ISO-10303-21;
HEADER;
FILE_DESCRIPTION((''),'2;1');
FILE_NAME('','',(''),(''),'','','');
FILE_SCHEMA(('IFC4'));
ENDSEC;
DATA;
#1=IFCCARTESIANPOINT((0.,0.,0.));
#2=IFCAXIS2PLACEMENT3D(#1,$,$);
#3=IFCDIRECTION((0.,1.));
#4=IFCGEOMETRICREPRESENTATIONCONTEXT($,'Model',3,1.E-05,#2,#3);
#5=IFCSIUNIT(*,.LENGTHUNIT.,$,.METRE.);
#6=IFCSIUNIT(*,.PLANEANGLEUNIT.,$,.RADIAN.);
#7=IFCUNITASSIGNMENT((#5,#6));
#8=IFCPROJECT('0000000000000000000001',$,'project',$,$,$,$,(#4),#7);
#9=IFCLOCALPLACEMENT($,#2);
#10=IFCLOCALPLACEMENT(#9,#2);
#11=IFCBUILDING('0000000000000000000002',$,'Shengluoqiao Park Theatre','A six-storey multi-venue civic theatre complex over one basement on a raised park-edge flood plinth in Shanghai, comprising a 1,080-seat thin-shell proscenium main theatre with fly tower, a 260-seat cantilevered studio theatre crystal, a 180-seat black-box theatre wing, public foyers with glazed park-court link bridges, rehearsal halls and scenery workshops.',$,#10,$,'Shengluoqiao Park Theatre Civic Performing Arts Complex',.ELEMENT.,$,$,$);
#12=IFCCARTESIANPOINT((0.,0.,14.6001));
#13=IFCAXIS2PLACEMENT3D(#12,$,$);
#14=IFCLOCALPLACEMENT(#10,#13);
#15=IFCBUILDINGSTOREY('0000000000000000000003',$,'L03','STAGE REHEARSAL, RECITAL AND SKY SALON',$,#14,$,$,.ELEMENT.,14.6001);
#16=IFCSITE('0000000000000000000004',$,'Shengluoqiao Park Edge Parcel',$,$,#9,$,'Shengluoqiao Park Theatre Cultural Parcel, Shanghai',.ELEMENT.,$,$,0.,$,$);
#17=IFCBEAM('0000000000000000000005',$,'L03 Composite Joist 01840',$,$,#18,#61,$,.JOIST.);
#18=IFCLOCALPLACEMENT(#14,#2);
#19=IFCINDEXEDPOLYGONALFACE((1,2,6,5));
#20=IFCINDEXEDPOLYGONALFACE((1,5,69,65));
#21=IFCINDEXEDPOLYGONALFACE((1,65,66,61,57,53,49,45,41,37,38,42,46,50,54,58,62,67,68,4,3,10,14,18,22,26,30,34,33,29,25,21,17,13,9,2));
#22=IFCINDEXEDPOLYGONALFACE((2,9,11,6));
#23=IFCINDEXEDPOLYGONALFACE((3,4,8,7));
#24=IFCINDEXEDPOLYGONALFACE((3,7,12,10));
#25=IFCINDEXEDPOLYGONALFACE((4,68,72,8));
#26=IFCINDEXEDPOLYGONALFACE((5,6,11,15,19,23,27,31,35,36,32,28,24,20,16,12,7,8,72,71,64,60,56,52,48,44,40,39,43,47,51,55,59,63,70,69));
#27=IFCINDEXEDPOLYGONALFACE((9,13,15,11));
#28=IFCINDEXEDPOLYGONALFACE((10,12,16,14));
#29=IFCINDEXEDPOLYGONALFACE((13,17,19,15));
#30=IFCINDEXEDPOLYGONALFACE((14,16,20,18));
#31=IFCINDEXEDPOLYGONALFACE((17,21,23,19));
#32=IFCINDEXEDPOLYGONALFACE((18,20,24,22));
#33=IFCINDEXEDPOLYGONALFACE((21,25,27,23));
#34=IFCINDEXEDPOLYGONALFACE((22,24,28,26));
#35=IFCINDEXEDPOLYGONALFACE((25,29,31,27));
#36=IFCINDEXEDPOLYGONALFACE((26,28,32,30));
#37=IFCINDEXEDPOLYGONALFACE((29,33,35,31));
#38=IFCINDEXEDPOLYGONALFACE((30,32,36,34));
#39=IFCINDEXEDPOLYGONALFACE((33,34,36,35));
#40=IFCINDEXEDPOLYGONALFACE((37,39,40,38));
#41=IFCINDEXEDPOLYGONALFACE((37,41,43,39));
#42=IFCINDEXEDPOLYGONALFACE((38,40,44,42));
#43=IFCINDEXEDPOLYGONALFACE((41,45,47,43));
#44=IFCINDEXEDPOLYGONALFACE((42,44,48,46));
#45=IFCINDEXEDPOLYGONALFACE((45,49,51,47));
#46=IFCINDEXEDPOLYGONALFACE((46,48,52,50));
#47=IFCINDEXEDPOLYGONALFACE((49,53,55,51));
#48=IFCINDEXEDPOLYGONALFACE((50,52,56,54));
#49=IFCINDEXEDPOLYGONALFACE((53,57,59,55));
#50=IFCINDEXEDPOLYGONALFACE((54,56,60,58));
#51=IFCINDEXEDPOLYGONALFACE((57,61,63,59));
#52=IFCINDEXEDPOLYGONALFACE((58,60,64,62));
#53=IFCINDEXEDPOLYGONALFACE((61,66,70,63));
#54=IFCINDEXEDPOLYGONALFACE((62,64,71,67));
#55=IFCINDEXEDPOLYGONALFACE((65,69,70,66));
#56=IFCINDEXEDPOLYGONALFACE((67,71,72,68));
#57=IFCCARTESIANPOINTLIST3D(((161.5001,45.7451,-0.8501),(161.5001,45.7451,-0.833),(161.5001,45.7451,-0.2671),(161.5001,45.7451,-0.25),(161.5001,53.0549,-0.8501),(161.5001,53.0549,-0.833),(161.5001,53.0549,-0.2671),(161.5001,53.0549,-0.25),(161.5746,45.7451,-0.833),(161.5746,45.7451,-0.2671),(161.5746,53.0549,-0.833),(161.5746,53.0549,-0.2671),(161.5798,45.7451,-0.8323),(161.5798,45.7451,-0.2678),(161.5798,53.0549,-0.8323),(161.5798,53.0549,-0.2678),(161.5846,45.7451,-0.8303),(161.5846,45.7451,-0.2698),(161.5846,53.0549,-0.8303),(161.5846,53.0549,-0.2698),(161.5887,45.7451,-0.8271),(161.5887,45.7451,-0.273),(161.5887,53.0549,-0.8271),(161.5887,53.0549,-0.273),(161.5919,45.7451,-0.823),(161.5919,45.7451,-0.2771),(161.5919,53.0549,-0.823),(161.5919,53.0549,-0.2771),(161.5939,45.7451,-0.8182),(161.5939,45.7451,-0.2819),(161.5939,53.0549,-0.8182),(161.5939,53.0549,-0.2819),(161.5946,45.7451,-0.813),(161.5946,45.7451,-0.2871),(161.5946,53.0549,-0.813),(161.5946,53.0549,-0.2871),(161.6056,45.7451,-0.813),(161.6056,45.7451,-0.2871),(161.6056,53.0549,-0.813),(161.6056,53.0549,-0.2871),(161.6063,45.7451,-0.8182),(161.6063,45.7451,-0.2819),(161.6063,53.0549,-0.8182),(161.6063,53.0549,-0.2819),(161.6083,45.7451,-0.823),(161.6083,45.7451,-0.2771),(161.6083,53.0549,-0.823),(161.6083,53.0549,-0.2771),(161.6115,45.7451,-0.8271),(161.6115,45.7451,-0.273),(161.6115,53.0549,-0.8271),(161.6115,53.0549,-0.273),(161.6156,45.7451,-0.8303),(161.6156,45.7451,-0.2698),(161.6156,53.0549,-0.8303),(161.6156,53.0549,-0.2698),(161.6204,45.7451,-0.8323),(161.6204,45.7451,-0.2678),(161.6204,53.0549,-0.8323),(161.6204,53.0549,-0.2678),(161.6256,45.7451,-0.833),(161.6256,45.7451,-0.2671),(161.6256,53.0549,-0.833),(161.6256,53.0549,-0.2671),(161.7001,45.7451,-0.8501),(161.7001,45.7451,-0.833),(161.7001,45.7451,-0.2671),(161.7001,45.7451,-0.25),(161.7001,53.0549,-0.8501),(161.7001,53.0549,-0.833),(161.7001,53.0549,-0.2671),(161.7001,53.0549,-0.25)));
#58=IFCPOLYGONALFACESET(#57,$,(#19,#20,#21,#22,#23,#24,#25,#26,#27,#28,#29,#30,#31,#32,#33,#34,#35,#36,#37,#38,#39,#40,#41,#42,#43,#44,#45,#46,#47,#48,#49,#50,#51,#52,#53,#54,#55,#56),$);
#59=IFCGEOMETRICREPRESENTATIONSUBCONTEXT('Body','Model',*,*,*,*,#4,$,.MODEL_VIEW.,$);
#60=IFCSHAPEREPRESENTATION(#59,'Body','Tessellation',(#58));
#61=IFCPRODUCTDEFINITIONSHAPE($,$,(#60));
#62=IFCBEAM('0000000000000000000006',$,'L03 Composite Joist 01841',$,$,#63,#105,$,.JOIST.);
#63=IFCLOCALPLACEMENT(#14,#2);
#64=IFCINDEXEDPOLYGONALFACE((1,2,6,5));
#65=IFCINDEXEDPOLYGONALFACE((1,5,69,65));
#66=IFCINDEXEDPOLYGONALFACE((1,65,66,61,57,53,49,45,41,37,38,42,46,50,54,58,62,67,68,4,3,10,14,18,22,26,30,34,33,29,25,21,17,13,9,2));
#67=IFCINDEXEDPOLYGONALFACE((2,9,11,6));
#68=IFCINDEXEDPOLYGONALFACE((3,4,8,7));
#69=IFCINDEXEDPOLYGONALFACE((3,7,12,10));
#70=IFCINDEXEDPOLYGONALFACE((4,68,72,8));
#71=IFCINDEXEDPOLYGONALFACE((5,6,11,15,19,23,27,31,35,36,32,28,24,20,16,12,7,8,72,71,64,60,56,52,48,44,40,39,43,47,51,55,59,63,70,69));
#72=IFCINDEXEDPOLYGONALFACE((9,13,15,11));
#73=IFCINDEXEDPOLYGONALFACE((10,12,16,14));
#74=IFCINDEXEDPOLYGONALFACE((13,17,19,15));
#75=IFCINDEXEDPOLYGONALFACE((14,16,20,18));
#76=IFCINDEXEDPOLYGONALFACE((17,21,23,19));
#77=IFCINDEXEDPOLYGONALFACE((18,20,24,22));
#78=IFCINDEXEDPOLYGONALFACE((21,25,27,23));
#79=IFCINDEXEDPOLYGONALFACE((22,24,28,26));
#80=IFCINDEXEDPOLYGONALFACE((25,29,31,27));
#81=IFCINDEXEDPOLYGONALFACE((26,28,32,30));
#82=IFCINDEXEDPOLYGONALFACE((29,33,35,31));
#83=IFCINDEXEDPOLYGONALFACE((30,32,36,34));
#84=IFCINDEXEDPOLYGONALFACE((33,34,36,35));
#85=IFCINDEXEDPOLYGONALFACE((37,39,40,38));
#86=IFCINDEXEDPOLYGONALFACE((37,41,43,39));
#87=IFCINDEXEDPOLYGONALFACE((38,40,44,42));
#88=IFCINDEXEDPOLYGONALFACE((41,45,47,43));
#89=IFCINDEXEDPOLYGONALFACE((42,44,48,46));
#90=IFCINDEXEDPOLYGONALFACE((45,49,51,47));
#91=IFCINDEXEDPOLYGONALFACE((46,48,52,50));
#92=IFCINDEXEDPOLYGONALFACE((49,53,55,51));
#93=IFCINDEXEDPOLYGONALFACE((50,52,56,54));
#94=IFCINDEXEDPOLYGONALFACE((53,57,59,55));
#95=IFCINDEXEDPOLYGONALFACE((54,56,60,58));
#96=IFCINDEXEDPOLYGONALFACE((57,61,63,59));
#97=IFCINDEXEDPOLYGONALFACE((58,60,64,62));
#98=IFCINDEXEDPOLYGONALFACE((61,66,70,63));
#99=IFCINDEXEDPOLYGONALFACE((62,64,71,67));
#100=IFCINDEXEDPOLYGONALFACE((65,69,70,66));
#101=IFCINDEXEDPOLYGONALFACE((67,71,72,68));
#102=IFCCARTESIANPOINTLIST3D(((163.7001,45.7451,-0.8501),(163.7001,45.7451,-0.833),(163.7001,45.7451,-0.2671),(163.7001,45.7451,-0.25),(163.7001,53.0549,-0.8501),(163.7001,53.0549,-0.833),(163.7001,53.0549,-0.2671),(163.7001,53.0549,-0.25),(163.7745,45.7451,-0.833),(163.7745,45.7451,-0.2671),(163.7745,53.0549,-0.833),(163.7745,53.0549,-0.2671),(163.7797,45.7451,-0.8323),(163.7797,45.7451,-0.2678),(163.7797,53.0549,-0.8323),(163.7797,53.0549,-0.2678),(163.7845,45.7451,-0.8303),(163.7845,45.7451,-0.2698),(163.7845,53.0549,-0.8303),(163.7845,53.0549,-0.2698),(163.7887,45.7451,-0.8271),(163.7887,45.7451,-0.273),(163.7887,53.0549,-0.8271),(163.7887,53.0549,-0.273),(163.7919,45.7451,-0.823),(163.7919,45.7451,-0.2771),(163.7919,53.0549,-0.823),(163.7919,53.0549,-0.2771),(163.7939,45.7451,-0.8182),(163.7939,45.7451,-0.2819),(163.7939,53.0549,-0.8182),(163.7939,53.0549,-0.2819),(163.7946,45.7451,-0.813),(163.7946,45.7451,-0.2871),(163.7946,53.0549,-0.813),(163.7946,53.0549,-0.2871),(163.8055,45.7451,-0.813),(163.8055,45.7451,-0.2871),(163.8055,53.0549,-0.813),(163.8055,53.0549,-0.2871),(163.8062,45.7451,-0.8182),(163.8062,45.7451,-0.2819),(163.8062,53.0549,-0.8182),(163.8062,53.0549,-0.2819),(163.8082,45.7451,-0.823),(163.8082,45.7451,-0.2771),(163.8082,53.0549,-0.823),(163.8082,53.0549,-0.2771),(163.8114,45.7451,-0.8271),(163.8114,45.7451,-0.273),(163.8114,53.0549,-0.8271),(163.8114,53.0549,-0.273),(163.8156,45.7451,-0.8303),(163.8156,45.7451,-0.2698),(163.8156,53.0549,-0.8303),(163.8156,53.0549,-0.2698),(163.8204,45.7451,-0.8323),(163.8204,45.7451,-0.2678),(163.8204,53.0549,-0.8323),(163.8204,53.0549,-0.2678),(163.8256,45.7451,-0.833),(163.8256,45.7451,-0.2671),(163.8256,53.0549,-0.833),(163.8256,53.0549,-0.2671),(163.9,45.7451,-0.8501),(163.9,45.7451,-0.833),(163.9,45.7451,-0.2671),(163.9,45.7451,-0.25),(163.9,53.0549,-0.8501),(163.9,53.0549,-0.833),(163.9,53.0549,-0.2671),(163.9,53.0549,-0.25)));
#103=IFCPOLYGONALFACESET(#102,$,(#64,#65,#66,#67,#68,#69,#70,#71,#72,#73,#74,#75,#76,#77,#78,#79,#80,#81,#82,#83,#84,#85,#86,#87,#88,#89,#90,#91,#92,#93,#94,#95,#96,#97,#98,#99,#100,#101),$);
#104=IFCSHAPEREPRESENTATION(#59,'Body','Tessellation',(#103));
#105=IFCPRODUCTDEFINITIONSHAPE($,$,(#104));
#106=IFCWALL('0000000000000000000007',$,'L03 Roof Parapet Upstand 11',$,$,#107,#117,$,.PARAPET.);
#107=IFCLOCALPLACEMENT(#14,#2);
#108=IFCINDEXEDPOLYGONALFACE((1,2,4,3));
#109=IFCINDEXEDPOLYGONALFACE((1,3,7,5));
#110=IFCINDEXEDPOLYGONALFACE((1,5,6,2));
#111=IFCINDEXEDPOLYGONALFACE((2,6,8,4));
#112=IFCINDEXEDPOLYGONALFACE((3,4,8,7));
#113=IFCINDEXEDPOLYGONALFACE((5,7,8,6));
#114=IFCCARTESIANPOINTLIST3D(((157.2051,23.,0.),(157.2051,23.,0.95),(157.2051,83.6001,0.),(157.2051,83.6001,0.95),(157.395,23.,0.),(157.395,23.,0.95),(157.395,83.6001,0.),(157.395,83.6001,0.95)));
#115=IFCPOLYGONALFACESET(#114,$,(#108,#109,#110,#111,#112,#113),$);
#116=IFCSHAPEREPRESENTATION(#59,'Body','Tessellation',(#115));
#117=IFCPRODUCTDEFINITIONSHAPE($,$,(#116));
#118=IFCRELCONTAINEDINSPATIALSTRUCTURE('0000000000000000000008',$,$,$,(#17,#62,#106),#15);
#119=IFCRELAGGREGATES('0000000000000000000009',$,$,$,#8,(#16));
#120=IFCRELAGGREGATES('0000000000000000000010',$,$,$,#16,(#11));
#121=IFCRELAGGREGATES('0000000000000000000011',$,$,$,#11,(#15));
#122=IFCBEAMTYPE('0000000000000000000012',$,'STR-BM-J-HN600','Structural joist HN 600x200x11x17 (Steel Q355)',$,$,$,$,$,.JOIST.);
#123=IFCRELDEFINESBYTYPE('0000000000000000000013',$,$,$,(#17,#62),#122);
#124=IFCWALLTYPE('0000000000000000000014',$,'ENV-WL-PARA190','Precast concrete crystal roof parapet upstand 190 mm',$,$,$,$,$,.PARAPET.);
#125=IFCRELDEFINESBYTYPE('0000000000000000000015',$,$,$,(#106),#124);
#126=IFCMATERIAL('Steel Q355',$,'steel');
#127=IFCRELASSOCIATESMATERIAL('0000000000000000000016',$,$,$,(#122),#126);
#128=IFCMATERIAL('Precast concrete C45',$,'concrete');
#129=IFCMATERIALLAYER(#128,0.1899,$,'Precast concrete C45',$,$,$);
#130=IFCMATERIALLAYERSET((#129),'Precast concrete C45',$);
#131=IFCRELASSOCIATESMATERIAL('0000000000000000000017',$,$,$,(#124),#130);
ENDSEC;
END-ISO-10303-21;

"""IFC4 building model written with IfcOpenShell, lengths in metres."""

from ifc_helpers import new_model, si_unit, direction, frame, frame_2d, origin, origin_2d, place, context, subcontext, project, spatial, rectangle, i_section, extrude, material, layer, layer_set, material_profile, profile_set, type_object, element, save


model = new_model("IFC4")

# Units and contexts
model_context = context("Model", 3, precision=1e-05, world=origin(), true_north=direction((0.0, 1.0)))
body_context = subcontext(model_context, "Body", "Model", "MODEL_VIEW")
ifc_project = project(units=[si_unit("LENGTHUNIT", "METRE"), si_unit("PLANEANGLEUNIT", "RADIAN")], contexts=[model_context])

# Site, building, storey
site_placement = place(None, origin())
site = spatial("IfcSite", under=ifc_project, at=site_placement, Name="Shengluoqiao Park Edge Parcel", LongName="Shengluoqiao Park Theatre Cultural Parcel, Shanghai", CompositionType="ELEMENT", RefElevation=0.0)
building_placement = place(site_placement, origin())
building = spatial("IfcBuilding", under=site, at=building_placement, Name="Shengluoqiao Park Theatre", Description="A six-storey multi-venue civic theatre complex over one basement on a raised park-edge flood plinth in Shanghai, comprising a 1,080-seat thin-shell proscenium main theatre with fly tower, a 260-seat cantilevered studio theatre crystal, a 180-seat black-box theatre wing, public foyers with glazed park-court link bridges, rehearsal halls and scenery workshops.", LongName="Shengluoqiao Park Theatre Civic Performing Arts Complex", CompositionType="ELEMENT")
storey_placement = place(building_placement, frame((0.0, 0.0, 14.6001)))
storey = spatial("IfcBuildingStorey", under=building, at=storey_placement, Name="L03", Description="STAGE REHEARSAL, RECITAL AND SKY SALON", CompositionType="ELEMENT", Elevation=14.6001)

# Beams
ifc_material_1 = material(Name="Steel Q355", Category="steel")
ifc_material_profile_1 = material_profile(ifc_material_1, i_section(OverallWidth=0.2, OverallDepth=0.6001, WebThickness=0.011, FlangeThickness=0.0171, FilletRadius=0.02, at=origin_2d()), Name="HN 600x200x11x17")
ifc_profile_set_1 = profile_set([ifc_material_profile_1], Name="Steel Q355")
beam_type_1 = type_object("IfcBeamType", Name="STR-BM-J-HN600", Description="Structural joist HN 600x200x11x17 (Steel Q355)", PredefinedType="JOIST", material=ifc_profile_set_1)
for number, where, z_axis, x_axis, name in (
    (1, (161.6001, 45.7451, -0.55), (0.0, 1.0, 0.0), (-1.0, 0.0, 0.0), "L03 Composite Joist 01840"),
    (2, (163.8, 45.7451, -0.55), (0.0, 1.0, 0.0), (-1.0, 0.0, 0.0), "L03 Composite Joist 01841"),
):
    element("IfcBeam", number, at=place(storey_placement, frame(where, z_axis=z_axis, x_axis=x_axis)), inside=storey, type_object=beam_type_1, Name=name, PredefinedType="JOIST", context=body_context, shape_type="SweptSolid", body=[
        extrude(i_section(OverallWidth=0.2, OverallDepth=0.6001, WebThickness=0.011, FlangeThickness=0.0171, FilletRadius=0.02, at=origin_2d()), origin(), (0.0, 0.0, 1.0), 7.3098),
    ])

# Wall
ifc_material_2 = material(Name="Precast concrete C45", Category="concrete")
ifc_layer = layer(ifc_material_2, 0.1899, Name="Precast concrete C45")
ifc_layer_set = layer_set([ifc_layer], Name="Precast concrete C45")
wall_type = type_object("IfcWallType", Name="ENV-WL-PARA190", Description="Precast concrete crystal roof parapet upstand 190 mm", PredefinedType="PARAPET", material=ifc_layer_set)
wall_placement = place(storey_placement, frame((157.3, 23.0, 0.0), z_axis=(0.0, 0.0, 1.0), x_axis=(0.0, 1.0, 0.0)))
element("IfcWall", 3, at=wall_placement, inside=storey, type_object=wall_type, Name="L03 Roof Parapet Upstand 11", PredefinedType="PARAPET", context=body_context, shape_type="SweptSolid", body=[
    extrude(rectangle(XDim=60.6001, YDim=0.1899, at=frame_2d((30.3, 0.0))), origin(), (0.0, 0.0, 1.0), 0.95),
])

save(model, "model.ifc")
